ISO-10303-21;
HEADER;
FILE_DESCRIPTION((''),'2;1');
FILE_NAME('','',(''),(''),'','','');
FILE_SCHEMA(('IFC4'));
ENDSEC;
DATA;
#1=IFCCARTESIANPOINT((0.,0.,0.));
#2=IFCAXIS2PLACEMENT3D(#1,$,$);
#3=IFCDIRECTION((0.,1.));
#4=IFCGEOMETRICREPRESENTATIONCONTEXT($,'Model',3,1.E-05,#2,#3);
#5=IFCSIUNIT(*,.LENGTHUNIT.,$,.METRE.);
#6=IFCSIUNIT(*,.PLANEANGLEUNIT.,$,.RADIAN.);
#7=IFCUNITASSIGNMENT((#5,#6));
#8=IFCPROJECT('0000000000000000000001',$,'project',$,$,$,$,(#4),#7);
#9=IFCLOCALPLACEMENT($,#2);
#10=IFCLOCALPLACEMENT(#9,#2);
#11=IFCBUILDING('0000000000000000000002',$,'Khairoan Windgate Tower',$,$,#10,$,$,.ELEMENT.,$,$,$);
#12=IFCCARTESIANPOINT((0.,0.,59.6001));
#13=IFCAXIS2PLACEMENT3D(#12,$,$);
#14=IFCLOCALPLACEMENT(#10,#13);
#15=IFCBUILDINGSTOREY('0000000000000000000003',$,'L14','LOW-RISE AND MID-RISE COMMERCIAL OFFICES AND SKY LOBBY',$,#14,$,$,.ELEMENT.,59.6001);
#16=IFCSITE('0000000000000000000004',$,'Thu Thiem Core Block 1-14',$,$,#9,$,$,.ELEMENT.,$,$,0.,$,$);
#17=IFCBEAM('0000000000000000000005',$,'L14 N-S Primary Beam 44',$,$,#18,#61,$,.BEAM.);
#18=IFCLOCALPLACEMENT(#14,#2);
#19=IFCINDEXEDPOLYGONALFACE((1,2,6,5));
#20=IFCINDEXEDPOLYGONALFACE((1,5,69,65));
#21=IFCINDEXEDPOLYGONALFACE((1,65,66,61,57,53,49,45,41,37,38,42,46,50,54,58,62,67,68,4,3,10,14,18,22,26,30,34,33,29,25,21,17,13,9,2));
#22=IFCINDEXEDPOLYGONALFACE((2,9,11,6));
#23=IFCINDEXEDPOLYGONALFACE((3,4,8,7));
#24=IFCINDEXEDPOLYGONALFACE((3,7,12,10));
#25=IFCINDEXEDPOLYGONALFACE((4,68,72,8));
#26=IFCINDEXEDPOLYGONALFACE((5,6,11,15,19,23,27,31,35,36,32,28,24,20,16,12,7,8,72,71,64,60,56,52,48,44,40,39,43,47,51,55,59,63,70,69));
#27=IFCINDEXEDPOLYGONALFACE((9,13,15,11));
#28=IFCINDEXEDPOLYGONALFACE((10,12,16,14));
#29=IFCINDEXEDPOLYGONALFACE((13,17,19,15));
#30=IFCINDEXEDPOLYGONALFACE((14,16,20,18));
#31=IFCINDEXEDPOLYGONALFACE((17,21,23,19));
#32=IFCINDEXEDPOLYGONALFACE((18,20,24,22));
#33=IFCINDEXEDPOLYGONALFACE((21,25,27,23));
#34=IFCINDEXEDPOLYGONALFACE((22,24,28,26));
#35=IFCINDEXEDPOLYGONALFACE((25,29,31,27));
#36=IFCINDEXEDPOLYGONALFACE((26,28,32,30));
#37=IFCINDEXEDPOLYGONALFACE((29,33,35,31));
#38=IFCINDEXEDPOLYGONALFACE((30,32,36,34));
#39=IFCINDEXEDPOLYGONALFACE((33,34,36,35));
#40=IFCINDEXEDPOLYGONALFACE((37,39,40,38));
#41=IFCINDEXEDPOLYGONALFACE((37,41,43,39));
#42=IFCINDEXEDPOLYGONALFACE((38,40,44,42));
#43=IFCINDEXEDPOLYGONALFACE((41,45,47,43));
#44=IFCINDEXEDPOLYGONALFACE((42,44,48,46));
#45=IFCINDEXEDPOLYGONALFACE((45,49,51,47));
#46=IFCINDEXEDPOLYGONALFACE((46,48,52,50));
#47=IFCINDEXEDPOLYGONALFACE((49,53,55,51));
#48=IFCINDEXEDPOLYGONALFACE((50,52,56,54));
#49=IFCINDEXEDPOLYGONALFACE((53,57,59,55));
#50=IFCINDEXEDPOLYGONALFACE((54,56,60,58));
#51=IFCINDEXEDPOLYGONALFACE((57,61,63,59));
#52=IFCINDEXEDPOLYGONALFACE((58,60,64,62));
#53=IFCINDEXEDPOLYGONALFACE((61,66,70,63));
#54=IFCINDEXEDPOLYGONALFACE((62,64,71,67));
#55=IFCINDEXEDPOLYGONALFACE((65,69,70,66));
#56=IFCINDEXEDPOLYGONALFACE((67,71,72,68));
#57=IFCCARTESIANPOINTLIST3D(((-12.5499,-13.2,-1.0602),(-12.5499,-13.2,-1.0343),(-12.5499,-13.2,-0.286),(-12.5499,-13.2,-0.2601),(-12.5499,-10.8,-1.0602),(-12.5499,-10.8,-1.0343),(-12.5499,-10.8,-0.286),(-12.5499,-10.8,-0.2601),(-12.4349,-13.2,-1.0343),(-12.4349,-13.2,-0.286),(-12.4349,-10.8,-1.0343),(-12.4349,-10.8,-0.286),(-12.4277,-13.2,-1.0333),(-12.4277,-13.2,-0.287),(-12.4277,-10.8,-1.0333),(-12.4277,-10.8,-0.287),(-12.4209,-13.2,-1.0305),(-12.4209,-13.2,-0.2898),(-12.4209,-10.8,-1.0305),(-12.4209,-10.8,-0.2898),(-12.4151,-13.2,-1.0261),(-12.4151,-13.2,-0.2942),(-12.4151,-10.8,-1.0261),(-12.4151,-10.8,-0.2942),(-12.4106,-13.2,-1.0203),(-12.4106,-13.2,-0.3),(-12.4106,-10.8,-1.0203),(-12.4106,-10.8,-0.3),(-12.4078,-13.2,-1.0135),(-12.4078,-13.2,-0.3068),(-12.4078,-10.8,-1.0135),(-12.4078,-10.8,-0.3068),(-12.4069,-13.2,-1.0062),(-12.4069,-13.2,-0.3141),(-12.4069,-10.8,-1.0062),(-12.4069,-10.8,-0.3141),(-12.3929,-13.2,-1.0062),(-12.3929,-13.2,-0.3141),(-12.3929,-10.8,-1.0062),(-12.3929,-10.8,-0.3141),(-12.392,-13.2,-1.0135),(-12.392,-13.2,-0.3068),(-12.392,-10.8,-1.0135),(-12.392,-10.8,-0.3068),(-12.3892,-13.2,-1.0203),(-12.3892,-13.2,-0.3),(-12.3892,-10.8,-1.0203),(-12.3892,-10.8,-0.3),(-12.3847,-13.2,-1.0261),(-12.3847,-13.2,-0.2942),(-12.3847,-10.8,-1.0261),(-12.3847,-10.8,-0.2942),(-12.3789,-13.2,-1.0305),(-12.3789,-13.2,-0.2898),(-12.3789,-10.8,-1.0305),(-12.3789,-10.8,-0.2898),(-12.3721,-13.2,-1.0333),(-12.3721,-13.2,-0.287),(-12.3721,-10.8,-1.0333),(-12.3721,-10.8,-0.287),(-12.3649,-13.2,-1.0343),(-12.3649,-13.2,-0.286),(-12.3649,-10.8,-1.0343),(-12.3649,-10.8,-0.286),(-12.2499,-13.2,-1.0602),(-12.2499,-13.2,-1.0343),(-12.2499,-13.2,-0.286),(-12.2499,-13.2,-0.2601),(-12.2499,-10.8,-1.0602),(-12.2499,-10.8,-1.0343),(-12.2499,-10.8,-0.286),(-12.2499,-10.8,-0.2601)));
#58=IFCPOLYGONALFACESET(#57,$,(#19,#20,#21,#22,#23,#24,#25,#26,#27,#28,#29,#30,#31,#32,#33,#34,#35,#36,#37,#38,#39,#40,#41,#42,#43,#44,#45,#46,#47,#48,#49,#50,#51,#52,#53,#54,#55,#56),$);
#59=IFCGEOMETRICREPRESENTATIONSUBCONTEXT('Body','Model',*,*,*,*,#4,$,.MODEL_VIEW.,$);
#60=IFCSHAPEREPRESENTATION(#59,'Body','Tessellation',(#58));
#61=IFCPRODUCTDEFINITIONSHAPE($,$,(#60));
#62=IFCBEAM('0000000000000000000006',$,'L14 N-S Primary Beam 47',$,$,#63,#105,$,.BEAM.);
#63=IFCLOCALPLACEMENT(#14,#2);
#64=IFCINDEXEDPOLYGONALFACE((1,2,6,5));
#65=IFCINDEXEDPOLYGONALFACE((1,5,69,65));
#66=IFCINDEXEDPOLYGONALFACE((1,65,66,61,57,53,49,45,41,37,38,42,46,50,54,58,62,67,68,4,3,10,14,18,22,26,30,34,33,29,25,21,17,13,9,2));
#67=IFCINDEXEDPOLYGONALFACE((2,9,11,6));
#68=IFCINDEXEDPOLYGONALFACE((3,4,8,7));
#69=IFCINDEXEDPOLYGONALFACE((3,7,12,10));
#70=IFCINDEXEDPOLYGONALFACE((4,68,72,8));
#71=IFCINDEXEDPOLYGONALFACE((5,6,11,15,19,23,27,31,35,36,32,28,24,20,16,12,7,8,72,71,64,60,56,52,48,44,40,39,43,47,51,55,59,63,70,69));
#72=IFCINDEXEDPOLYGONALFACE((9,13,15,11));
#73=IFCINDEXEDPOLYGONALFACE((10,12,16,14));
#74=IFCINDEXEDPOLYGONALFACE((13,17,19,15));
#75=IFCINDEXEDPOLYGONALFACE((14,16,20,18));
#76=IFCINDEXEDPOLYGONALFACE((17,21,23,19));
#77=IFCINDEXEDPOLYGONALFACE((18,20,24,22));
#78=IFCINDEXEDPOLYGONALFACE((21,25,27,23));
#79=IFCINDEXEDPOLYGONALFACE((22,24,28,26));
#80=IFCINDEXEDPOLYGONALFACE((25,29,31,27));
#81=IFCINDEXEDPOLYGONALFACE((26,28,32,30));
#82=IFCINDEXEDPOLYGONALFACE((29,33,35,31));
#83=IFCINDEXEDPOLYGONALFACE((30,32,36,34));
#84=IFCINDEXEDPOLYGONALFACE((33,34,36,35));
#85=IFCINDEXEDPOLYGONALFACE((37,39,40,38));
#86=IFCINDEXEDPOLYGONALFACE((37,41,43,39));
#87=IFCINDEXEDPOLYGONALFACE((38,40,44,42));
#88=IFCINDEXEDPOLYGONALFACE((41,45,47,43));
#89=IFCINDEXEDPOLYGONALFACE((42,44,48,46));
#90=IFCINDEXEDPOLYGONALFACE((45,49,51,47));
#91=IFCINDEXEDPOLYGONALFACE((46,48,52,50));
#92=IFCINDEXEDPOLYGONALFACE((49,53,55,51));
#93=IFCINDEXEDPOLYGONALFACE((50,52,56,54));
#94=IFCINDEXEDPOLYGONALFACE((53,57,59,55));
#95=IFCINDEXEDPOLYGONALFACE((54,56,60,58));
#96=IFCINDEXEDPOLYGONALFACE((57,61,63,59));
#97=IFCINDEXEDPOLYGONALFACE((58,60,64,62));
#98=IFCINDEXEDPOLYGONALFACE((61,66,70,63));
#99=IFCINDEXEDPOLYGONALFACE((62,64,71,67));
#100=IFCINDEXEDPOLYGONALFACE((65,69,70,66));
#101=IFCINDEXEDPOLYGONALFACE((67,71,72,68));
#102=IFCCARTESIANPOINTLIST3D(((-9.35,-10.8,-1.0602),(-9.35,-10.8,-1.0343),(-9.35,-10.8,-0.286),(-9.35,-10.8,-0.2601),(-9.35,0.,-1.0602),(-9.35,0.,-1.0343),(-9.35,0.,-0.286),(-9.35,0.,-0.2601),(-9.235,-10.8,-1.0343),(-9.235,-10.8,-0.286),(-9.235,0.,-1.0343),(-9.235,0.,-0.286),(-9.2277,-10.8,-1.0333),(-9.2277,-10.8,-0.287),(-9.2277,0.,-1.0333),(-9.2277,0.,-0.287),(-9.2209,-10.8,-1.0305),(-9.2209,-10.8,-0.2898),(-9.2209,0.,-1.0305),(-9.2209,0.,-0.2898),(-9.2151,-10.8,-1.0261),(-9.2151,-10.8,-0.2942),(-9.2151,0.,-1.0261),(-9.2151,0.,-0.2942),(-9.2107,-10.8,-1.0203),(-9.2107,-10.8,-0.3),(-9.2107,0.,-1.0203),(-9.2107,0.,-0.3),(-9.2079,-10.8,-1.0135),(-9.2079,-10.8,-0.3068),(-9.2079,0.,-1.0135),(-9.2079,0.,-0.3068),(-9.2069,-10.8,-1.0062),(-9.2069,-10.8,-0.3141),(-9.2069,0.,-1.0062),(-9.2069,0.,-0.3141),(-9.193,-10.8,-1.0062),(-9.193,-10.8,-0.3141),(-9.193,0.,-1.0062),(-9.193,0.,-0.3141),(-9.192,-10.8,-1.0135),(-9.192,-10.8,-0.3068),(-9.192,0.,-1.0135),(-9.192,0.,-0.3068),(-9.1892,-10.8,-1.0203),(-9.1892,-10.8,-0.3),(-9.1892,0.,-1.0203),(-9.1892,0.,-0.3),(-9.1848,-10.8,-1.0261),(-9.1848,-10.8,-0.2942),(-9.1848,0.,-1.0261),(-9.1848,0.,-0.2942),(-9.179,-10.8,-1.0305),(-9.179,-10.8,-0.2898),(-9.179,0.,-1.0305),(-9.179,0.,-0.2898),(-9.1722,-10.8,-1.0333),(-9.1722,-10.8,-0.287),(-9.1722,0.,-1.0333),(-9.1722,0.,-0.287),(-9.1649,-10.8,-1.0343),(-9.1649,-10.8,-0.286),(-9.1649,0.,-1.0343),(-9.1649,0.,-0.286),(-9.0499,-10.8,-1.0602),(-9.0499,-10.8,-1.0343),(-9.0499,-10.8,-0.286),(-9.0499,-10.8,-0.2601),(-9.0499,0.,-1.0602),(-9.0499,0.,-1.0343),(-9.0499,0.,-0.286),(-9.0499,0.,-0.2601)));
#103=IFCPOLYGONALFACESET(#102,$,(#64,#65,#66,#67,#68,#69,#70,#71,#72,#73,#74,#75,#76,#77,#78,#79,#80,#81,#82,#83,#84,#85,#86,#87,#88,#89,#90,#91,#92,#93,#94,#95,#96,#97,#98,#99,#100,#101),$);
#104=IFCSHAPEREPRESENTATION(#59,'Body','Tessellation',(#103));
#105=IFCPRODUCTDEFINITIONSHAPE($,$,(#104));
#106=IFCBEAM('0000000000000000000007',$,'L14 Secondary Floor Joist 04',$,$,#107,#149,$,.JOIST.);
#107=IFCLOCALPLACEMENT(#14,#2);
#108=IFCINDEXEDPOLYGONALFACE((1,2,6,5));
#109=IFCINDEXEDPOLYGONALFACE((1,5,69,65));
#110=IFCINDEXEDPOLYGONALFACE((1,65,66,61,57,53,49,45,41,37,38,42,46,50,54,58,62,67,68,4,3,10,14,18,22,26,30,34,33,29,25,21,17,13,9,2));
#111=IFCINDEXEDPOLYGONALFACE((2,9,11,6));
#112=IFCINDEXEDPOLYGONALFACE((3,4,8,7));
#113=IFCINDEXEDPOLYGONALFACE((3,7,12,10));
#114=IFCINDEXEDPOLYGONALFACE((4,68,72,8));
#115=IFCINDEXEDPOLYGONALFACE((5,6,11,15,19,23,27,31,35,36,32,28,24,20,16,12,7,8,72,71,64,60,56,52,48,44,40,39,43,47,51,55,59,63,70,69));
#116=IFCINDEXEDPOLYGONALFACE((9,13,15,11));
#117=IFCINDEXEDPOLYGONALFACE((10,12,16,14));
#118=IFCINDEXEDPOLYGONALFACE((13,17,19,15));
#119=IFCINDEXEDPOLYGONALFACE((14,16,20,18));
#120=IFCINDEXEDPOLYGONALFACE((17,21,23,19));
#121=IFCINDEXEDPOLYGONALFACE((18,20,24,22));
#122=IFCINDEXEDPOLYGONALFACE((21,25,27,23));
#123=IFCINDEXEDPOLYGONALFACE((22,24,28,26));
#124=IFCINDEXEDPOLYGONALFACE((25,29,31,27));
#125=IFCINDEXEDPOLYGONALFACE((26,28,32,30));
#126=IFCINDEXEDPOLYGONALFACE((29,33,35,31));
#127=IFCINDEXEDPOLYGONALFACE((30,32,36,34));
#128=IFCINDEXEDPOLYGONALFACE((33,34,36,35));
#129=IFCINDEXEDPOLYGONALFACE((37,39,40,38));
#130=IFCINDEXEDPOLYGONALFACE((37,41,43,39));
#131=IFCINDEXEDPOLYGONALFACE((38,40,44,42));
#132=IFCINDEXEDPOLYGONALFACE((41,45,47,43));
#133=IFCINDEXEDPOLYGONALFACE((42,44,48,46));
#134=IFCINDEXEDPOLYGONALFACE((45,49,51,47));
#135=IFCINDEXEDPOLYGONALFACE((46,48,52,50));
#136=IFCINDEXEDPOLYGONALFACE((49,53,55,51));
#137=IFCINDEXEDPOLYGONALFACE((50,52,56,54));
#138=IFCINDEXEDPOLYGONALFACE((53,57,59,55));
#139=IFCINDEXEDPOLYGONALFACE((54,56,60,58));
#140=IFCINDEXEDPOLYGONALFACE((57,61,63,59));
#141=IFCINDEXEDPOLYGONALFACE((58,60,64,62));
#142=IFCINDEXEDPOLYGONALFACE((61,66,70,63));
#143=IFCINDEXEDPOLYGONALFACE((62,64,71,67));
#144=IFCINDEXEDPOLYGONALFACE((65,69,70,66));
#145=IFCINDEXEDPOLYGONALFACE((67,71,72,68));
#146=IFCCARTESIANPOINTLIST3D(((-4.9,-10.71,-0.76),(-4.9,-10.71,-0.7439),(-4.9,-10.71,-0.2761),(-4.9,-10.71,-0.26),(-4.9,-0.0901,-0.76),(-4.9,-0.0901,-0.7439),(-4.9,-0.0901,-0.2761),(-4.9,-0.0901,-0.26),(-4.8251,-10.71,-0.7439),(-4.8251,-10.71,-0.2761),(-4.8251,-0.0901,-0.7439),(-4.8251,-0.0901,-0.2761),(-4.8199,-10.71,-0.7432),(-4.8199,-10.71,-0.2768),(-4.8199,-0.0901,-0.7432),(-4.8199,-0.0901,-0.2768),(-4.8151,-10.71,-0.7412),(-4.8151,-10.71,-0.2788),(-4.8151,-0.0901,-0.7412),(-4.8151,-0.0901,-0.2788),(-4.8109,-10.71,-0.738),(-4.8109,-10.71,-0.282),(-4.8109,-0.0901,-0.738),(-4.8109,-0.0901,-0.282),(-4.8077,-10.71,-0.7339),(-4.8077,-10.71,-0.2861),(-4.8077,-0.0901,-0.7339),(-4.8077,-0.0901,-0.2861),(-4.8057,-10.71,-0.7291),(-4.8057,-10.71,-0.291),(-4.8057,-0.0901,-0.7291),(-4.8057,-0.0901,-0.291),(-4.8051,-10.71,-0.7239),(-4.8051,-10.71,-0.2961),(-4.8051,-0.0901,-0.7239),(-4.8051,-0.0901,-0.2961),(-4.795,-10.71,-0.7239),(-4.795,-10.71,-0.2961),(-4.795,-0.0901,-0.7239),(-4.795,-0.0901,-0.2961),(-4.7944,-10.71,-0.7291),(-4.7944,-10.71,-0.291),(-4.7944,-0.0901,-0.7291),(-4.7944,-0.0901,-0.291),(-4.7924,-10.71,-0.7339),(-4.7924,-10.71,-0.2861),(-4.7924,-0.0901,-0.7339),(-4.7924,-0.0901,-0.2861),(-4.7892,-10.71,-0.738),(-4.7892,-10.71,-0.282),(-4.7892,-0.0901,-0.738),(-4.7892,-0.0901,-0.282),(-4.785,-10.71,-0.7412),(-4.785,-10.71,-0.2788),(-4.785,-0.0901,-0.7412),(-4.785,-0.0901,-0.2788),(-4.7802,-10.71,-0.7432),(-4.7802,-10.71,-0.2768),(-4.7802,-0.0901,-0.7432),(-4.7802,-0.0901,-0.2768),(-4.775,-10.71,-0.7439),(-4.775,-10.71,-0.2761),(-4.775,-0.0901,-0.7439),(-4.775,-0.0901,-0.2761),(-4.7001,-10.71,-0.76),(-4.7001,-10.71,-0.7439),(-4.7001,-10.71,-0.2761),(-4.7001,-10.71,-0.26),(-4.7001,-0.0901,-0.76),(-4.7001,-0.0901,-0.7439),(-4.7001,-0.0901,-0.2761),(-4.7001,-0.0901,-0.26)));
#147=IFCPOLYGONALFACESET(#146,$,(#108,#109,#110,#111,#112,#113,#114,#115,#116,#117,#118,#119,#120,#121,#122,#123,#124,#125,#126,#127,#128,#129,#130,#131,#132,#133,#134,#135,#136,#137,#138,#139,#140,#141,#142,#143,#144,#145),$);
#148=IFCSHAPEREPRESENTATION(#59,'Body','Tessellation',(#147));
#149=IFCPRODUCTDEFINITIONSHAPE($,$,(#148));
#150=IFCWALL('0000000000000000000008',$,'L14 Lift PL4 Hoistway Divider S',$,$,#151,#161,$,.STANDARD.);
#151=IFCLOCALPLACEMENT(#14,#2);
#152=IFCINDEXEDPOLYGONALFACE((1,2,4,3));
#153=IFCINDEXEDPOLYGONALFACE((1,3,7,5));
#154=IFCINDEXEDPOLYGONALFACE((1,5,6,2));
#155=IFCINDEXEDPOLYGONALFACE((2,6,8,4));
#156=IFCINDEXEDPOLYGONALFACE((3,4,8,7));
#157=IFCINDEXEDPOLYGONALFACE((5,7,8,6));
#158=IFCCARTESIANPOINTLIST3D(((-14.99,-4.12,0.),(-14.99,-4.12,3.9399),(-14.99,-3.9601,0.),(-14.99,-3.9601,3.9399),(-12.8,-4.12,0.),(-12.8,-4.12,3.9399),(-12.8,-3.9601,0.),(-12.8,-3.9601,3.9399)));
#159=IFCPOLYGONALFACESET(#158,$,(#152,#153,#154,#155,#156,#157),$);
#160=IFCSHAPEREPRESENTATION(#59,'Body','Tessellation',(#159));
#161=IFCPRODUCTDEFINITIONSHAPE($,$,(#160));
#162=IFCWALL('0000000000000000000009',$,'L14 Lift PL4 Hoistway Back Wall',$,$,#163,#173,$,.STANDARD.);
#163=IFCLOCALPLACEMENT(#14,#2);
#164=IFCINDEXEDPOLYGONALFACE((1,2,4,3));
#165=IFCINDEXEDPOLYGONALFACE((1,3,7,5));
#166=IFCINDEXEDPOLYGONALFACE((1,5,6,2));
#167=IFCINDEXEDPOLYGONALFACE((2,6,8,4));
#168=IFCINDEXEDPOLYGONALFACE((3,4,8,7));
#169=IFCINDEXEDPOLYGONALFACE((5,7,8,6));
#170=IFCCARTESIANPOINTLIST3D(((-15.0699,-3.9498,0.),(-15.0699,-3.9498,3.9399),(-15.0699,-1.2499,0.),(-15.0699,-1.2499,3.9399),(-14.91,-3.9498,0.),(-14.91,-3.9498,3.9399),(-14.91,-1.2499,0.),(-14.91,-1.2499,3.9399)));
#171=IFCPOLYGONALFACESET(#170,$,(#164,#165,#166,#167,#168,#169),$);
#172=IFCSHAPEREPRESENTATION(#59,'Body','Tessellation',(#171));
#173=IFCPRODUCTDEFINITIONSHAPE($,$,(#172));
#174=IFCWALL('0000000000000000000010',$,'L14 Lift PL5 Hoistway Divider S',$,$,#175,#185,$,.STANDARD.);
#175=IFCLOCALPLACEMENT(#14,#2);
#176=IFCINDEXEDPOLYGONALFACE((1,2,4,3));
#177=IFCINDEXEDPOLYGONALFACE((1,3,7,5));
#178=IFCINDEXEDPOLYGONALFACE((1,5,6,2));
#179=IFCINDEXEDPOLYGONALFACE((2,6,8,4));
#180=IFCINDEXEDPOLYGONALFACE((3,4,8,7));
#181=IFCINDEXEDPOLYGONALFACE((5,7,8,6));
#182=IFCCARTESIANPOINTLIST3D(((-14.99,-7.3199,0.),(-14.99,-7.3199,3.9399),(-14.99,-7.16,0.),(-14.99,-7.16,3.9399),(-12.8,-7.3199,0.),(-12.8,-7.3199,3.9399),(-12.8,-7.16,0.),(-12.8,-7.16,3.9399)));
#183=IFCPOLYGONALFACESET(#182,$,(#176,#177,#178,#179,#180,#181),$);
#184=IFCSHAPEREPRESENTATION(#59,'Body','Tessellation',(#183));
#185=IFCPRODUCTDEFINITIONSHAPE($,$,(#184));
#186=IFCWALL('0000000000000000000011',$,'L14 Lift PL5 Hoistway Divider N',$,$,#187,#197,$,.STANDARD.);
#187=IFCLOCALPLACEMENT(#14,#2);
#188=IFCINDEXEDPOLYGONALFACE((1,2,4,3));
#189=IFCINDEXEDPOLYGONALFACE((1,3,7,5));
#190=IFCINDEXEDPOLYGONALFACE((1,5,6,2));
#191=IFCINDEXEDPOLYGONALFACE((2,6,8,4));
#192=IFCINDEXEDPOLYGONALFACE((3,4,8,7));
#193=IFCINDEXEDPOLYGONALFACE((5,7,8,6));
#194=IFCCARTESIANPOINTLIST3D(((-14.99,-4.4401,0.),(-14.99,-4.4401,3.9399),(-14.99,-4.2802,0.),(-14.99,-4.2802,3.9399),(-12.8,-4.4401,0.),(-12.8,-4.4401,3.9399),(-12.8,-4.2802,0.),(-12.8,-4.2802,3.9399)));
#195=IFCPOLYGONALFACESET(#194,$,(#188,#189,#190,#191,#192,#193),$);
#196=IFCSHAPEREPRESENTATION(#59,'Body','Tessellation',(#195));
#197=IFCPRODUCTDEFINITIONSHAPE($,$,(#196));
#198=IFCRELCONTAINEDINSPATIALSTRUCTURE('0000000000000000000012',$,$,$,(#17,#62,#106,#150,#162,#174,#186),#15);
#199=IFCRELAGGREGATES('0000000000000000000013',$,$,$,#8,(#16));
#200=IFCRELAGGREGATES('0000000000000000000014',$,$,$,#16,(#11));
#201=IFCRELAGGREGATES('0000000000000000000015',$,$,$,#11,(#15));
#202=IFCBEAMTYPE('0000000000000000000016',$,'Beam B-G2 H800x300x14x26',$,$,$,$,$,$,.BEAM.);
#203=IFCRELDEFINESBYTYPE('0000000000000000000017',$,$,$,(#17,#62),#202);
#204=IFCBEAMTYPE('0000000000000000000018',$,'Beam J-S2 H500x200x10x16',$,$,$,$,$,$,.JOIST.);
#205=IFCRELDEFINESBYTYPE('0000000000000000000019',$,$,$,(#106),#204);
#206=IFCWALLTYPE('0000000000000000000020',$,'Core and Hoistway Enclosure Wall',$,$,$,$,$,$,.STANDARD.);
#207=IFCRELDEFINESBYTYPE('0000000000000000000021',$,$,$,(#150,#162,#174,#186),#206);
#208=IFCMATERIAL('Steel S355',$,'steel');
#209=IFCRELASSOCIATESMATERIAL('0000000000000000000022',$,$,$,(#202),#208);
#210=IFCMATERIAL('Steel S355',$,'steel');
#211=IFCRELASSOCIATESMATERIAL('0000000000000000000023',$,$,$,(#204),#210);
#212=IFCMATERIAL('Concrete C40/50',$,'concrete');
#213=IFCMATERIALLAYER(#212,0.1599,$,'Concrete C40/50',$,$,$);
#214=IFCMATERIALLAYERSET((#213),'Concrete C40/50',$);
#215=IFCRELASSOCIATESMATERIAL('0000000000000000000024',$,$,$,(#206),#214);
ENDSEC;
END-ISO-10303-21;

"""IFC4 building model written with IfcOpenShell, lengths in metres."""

from ifc_helpers import new_model, si_unit, direction, frame, frame_2d, origin, origin_2d, place, context, subcontext, project, spatial, rectangle, i_section, extrude, material, layer, layer_set, material_profile, profile_set, type_object, element, save


model = new_model("IFC4")

# Units and contexts
model_context = context("Model", 3, precision=1e-05, world=origin(), true_north=direction((0.0, 1.0)))
body_context = subcontext(model_context, "Body", "Model", "MODEL_VIEW")
ifc_project = project(units=[si_unit("LENGTHUNIT", "METRE"), si_unit("PLANEANGLEUNIT", "RADIAN")], contexts=[model_context])

# Site, building, storey
site_placement = place(None, origin())
site = spatial("IfcSite", under=ifc_project, at=site_placement, Name="Thu Thiem Core Block 1-14", CompositionType="ELEMENT", RefElevation=0.0)
building_placement = place(site_placement, origin())
building = spatial("IfcBuilding", under=site, at=building_placement, Name="Khairoan Windgate Tower", CompositionType="ELEMENT")
storey_placement = place(building_placement, frame((0.0, 0.0, 59.6001)))
storey = spatial("IfcBuildingStorey", under=building, at=storey_placement, Name="L14", Description="LOW-RISE AND MID-RISE COMMERCIAL OFFICES AND SKY LOBBY", CompositionType="ELEMENT", Elevation=59.6001)

# Beams
ifc_material_1 = material(Name="Steel S355", Category="steel")
ifc_material_profile_1 = material_profile(ifc_material_1, i_section(OverallWidth=0.3, OverallDepth=0.8, WebThickness=0.0139, FlangeThickness=0.0259, FilletRadius=0.0281, at=origin_2d()))
ifc_profile_set_1 = profile_set([ifc_material_profile_1], Name="Steel S355")
beam_type_1 = type_object("IfcBeamType", Name="Beam B-G2 H800x300x14x26", PredefinedType="BEAM", material=ifc_profile_set_1)
beam_1_placement = place(storey_placement, frame((-12.3999, -13.2, -0.6602), z_axis=(0.0, 1.0, 0.0), x_axis=(-1.0, 0.0, 0.0)))
element("IfcBeam", 1, at=beam_1_placement, inside=storey, type_object=beam_type_1, Name="L14 N-S Primary Beam 44", PredefinedType="BEAM", context=body_context, shape_type="SweptSolid", body=[
    extrude(i_section(OverallWidth=0.3, OverallDepth=0.8, WebThickness=0.0139, FlangeThickness=0.0259, FilletRadius=0.0281, at=origin_2d()), origin(), (0.0, 0.0, 1.0), 2.3999),
])
beam_2_placement = place(storey_placement, frame((-9.2, -10.8, -0.6602), z_axis=(0.0, 1.0, 0.0), x_axis=(-1.0, 0.0, 0.0)))
element("IfcBeam", 2, at=beam_2_placement, inside=storey, type_object=beam_type_1, Name="L14 N-S Primary Beam 47", PredefinedType="BEAM", context=body_context, shape_type="SweptSolid", body=[
    extrude(i_section(OverallWidth=0.3, OverallDepth=0.8, WebThickness=0.0139, FlangeThickness=0.0259, FilletRadius=0.0281, at=origin_2d()), origin(), (0.0, 0.0, 1.0), 10.8),
])
ifc_material_2 = material(Name="Steel S355", Category="steel")
ifc_material_profile_2 = material_profile(ifc_material_2, i_section(OverallWidth=0.2, OverallDepth=0.5, WebThickness=0.01, FlangeThickness=0.0161, FilletRadius=0.02, at=origin_2d()))
ifc_profile_set_2 = profile_set([ifc_material_profile_2], Name="Steel S355")
beam_type_2 = type_object("IfcBeamType", Name="Beam J-S2 H500x200x10x16", PredefinedType="JOIST", material=ifc_profile_set_2)
beam_3_placement = place(storey_placement, frame((-4.8, -10.71, -0.51), z_axis=(0.0, 1.0, 0.0), x_axis=(-1.0, 0.0, 0.0)))
element("IfcBeam", 3, at=beam_3_placement, inside=storey, type_object=beam_type_2, Name="L14 Secondary Floor Joist 04", PredefinedType="JOIST", context=body_context, shape_type="SweptSolid", body=[
    extrude(i_section(OverallWidth=0.2, OverallDepth=0.5, WebThickness=0.01, FlangeThickness=0.0161, FilletRadius=0.02, at=origin_2d()), origin(), (0.0, 0.0, 1.0), 10.6199),
])

# Walls
ifc_material_3 = material(Name="Concrete C40/50", Category="concrete")
ifc_layer_1 = layer(ifc_material_3, 0.1599, Name="Concrete C40/50")
ifc_layer_set_1 = layer_set([ifc_layer_1], Name="Concrete C40/50")
wall_type_1 = type_object("IfcWallType", Name="Core and Hoistway Enclosure Wall", PredefinedType="STANDARD", material=ifc_layer_set_1)
wall_1_placement = place(storey_placement, frame((-14.99, -4.04, 0.0), z_axis=(0.0, 0.0, 1.0), x_axis=(1.0, 0.0, 0.0)))
element("IfcWall", 4, at=wall_1_placement, inside=storey, type_object=wall_type_1, Name="L14 Lift PL4 Hoistway Divider S", PredefinedType="STANDARD", context=body_context, shape_type="SweptSolid", body=[
    extrude(rectangle(XDim=2.1899, YDim=0.1599, at=frame_2d((1.095, 0.0))), origin(), (0.0, 0.0, 1.0), 3.9399),
])
wall_2_placement = place(storey_placement, frame((-14.99, -3.95, 0.0), z_axis=(0.0, 0.0, 1.0), x_axis=(0.0, 1.0, 0.0)))
element("IfcWall", 5, at=wall_2_placement, inside=storey, type_object=wall_type_1, Name="L14 Lift PL4 Hoistway Back Wall", PredefinedType="STANDARD", context=body_context, shape_type="SweptSolid", body=[
    extrude(rectangle(XDim=2.7, YDim=0.1599, at=frame_2d((1.3501, 0.0))), origin(), (0.0, 0.0, 1.0), 3.9399),
])
for number, where, z_axis, x_axis, name in (
    (6, (-14.99, -7.24, 0.0), (0.0, 0.0, 1.0), (1.0, 0.0, 0.0), "L14 Lift PL5 Hoistway Divider S"),
    (7, (-14.99, -4.3601, 0.0), (0.0, 0.0, 1.0), (1.0, 0.0, 0.0), "L14 Lift PL5 Hoistway Divider N"),
):
    element("IfcWall", number, at=place(storey_placement, frame(where, z_axis=z_axis, x_axis=x_axis)), inside=storey, type_object=wall_type_1, Name=name, PredefinedType="STANDARD", context=body_context, shape_type="SweptSolid", body=[
        extrude(rectangle(XDim=2.1899, YDim=0.1599, at=frame_2d((1.095, 0.0))), origin(), (0.0, 0.0, 1.0), 3.9399),
    ])

save(model, "model.ifc")
